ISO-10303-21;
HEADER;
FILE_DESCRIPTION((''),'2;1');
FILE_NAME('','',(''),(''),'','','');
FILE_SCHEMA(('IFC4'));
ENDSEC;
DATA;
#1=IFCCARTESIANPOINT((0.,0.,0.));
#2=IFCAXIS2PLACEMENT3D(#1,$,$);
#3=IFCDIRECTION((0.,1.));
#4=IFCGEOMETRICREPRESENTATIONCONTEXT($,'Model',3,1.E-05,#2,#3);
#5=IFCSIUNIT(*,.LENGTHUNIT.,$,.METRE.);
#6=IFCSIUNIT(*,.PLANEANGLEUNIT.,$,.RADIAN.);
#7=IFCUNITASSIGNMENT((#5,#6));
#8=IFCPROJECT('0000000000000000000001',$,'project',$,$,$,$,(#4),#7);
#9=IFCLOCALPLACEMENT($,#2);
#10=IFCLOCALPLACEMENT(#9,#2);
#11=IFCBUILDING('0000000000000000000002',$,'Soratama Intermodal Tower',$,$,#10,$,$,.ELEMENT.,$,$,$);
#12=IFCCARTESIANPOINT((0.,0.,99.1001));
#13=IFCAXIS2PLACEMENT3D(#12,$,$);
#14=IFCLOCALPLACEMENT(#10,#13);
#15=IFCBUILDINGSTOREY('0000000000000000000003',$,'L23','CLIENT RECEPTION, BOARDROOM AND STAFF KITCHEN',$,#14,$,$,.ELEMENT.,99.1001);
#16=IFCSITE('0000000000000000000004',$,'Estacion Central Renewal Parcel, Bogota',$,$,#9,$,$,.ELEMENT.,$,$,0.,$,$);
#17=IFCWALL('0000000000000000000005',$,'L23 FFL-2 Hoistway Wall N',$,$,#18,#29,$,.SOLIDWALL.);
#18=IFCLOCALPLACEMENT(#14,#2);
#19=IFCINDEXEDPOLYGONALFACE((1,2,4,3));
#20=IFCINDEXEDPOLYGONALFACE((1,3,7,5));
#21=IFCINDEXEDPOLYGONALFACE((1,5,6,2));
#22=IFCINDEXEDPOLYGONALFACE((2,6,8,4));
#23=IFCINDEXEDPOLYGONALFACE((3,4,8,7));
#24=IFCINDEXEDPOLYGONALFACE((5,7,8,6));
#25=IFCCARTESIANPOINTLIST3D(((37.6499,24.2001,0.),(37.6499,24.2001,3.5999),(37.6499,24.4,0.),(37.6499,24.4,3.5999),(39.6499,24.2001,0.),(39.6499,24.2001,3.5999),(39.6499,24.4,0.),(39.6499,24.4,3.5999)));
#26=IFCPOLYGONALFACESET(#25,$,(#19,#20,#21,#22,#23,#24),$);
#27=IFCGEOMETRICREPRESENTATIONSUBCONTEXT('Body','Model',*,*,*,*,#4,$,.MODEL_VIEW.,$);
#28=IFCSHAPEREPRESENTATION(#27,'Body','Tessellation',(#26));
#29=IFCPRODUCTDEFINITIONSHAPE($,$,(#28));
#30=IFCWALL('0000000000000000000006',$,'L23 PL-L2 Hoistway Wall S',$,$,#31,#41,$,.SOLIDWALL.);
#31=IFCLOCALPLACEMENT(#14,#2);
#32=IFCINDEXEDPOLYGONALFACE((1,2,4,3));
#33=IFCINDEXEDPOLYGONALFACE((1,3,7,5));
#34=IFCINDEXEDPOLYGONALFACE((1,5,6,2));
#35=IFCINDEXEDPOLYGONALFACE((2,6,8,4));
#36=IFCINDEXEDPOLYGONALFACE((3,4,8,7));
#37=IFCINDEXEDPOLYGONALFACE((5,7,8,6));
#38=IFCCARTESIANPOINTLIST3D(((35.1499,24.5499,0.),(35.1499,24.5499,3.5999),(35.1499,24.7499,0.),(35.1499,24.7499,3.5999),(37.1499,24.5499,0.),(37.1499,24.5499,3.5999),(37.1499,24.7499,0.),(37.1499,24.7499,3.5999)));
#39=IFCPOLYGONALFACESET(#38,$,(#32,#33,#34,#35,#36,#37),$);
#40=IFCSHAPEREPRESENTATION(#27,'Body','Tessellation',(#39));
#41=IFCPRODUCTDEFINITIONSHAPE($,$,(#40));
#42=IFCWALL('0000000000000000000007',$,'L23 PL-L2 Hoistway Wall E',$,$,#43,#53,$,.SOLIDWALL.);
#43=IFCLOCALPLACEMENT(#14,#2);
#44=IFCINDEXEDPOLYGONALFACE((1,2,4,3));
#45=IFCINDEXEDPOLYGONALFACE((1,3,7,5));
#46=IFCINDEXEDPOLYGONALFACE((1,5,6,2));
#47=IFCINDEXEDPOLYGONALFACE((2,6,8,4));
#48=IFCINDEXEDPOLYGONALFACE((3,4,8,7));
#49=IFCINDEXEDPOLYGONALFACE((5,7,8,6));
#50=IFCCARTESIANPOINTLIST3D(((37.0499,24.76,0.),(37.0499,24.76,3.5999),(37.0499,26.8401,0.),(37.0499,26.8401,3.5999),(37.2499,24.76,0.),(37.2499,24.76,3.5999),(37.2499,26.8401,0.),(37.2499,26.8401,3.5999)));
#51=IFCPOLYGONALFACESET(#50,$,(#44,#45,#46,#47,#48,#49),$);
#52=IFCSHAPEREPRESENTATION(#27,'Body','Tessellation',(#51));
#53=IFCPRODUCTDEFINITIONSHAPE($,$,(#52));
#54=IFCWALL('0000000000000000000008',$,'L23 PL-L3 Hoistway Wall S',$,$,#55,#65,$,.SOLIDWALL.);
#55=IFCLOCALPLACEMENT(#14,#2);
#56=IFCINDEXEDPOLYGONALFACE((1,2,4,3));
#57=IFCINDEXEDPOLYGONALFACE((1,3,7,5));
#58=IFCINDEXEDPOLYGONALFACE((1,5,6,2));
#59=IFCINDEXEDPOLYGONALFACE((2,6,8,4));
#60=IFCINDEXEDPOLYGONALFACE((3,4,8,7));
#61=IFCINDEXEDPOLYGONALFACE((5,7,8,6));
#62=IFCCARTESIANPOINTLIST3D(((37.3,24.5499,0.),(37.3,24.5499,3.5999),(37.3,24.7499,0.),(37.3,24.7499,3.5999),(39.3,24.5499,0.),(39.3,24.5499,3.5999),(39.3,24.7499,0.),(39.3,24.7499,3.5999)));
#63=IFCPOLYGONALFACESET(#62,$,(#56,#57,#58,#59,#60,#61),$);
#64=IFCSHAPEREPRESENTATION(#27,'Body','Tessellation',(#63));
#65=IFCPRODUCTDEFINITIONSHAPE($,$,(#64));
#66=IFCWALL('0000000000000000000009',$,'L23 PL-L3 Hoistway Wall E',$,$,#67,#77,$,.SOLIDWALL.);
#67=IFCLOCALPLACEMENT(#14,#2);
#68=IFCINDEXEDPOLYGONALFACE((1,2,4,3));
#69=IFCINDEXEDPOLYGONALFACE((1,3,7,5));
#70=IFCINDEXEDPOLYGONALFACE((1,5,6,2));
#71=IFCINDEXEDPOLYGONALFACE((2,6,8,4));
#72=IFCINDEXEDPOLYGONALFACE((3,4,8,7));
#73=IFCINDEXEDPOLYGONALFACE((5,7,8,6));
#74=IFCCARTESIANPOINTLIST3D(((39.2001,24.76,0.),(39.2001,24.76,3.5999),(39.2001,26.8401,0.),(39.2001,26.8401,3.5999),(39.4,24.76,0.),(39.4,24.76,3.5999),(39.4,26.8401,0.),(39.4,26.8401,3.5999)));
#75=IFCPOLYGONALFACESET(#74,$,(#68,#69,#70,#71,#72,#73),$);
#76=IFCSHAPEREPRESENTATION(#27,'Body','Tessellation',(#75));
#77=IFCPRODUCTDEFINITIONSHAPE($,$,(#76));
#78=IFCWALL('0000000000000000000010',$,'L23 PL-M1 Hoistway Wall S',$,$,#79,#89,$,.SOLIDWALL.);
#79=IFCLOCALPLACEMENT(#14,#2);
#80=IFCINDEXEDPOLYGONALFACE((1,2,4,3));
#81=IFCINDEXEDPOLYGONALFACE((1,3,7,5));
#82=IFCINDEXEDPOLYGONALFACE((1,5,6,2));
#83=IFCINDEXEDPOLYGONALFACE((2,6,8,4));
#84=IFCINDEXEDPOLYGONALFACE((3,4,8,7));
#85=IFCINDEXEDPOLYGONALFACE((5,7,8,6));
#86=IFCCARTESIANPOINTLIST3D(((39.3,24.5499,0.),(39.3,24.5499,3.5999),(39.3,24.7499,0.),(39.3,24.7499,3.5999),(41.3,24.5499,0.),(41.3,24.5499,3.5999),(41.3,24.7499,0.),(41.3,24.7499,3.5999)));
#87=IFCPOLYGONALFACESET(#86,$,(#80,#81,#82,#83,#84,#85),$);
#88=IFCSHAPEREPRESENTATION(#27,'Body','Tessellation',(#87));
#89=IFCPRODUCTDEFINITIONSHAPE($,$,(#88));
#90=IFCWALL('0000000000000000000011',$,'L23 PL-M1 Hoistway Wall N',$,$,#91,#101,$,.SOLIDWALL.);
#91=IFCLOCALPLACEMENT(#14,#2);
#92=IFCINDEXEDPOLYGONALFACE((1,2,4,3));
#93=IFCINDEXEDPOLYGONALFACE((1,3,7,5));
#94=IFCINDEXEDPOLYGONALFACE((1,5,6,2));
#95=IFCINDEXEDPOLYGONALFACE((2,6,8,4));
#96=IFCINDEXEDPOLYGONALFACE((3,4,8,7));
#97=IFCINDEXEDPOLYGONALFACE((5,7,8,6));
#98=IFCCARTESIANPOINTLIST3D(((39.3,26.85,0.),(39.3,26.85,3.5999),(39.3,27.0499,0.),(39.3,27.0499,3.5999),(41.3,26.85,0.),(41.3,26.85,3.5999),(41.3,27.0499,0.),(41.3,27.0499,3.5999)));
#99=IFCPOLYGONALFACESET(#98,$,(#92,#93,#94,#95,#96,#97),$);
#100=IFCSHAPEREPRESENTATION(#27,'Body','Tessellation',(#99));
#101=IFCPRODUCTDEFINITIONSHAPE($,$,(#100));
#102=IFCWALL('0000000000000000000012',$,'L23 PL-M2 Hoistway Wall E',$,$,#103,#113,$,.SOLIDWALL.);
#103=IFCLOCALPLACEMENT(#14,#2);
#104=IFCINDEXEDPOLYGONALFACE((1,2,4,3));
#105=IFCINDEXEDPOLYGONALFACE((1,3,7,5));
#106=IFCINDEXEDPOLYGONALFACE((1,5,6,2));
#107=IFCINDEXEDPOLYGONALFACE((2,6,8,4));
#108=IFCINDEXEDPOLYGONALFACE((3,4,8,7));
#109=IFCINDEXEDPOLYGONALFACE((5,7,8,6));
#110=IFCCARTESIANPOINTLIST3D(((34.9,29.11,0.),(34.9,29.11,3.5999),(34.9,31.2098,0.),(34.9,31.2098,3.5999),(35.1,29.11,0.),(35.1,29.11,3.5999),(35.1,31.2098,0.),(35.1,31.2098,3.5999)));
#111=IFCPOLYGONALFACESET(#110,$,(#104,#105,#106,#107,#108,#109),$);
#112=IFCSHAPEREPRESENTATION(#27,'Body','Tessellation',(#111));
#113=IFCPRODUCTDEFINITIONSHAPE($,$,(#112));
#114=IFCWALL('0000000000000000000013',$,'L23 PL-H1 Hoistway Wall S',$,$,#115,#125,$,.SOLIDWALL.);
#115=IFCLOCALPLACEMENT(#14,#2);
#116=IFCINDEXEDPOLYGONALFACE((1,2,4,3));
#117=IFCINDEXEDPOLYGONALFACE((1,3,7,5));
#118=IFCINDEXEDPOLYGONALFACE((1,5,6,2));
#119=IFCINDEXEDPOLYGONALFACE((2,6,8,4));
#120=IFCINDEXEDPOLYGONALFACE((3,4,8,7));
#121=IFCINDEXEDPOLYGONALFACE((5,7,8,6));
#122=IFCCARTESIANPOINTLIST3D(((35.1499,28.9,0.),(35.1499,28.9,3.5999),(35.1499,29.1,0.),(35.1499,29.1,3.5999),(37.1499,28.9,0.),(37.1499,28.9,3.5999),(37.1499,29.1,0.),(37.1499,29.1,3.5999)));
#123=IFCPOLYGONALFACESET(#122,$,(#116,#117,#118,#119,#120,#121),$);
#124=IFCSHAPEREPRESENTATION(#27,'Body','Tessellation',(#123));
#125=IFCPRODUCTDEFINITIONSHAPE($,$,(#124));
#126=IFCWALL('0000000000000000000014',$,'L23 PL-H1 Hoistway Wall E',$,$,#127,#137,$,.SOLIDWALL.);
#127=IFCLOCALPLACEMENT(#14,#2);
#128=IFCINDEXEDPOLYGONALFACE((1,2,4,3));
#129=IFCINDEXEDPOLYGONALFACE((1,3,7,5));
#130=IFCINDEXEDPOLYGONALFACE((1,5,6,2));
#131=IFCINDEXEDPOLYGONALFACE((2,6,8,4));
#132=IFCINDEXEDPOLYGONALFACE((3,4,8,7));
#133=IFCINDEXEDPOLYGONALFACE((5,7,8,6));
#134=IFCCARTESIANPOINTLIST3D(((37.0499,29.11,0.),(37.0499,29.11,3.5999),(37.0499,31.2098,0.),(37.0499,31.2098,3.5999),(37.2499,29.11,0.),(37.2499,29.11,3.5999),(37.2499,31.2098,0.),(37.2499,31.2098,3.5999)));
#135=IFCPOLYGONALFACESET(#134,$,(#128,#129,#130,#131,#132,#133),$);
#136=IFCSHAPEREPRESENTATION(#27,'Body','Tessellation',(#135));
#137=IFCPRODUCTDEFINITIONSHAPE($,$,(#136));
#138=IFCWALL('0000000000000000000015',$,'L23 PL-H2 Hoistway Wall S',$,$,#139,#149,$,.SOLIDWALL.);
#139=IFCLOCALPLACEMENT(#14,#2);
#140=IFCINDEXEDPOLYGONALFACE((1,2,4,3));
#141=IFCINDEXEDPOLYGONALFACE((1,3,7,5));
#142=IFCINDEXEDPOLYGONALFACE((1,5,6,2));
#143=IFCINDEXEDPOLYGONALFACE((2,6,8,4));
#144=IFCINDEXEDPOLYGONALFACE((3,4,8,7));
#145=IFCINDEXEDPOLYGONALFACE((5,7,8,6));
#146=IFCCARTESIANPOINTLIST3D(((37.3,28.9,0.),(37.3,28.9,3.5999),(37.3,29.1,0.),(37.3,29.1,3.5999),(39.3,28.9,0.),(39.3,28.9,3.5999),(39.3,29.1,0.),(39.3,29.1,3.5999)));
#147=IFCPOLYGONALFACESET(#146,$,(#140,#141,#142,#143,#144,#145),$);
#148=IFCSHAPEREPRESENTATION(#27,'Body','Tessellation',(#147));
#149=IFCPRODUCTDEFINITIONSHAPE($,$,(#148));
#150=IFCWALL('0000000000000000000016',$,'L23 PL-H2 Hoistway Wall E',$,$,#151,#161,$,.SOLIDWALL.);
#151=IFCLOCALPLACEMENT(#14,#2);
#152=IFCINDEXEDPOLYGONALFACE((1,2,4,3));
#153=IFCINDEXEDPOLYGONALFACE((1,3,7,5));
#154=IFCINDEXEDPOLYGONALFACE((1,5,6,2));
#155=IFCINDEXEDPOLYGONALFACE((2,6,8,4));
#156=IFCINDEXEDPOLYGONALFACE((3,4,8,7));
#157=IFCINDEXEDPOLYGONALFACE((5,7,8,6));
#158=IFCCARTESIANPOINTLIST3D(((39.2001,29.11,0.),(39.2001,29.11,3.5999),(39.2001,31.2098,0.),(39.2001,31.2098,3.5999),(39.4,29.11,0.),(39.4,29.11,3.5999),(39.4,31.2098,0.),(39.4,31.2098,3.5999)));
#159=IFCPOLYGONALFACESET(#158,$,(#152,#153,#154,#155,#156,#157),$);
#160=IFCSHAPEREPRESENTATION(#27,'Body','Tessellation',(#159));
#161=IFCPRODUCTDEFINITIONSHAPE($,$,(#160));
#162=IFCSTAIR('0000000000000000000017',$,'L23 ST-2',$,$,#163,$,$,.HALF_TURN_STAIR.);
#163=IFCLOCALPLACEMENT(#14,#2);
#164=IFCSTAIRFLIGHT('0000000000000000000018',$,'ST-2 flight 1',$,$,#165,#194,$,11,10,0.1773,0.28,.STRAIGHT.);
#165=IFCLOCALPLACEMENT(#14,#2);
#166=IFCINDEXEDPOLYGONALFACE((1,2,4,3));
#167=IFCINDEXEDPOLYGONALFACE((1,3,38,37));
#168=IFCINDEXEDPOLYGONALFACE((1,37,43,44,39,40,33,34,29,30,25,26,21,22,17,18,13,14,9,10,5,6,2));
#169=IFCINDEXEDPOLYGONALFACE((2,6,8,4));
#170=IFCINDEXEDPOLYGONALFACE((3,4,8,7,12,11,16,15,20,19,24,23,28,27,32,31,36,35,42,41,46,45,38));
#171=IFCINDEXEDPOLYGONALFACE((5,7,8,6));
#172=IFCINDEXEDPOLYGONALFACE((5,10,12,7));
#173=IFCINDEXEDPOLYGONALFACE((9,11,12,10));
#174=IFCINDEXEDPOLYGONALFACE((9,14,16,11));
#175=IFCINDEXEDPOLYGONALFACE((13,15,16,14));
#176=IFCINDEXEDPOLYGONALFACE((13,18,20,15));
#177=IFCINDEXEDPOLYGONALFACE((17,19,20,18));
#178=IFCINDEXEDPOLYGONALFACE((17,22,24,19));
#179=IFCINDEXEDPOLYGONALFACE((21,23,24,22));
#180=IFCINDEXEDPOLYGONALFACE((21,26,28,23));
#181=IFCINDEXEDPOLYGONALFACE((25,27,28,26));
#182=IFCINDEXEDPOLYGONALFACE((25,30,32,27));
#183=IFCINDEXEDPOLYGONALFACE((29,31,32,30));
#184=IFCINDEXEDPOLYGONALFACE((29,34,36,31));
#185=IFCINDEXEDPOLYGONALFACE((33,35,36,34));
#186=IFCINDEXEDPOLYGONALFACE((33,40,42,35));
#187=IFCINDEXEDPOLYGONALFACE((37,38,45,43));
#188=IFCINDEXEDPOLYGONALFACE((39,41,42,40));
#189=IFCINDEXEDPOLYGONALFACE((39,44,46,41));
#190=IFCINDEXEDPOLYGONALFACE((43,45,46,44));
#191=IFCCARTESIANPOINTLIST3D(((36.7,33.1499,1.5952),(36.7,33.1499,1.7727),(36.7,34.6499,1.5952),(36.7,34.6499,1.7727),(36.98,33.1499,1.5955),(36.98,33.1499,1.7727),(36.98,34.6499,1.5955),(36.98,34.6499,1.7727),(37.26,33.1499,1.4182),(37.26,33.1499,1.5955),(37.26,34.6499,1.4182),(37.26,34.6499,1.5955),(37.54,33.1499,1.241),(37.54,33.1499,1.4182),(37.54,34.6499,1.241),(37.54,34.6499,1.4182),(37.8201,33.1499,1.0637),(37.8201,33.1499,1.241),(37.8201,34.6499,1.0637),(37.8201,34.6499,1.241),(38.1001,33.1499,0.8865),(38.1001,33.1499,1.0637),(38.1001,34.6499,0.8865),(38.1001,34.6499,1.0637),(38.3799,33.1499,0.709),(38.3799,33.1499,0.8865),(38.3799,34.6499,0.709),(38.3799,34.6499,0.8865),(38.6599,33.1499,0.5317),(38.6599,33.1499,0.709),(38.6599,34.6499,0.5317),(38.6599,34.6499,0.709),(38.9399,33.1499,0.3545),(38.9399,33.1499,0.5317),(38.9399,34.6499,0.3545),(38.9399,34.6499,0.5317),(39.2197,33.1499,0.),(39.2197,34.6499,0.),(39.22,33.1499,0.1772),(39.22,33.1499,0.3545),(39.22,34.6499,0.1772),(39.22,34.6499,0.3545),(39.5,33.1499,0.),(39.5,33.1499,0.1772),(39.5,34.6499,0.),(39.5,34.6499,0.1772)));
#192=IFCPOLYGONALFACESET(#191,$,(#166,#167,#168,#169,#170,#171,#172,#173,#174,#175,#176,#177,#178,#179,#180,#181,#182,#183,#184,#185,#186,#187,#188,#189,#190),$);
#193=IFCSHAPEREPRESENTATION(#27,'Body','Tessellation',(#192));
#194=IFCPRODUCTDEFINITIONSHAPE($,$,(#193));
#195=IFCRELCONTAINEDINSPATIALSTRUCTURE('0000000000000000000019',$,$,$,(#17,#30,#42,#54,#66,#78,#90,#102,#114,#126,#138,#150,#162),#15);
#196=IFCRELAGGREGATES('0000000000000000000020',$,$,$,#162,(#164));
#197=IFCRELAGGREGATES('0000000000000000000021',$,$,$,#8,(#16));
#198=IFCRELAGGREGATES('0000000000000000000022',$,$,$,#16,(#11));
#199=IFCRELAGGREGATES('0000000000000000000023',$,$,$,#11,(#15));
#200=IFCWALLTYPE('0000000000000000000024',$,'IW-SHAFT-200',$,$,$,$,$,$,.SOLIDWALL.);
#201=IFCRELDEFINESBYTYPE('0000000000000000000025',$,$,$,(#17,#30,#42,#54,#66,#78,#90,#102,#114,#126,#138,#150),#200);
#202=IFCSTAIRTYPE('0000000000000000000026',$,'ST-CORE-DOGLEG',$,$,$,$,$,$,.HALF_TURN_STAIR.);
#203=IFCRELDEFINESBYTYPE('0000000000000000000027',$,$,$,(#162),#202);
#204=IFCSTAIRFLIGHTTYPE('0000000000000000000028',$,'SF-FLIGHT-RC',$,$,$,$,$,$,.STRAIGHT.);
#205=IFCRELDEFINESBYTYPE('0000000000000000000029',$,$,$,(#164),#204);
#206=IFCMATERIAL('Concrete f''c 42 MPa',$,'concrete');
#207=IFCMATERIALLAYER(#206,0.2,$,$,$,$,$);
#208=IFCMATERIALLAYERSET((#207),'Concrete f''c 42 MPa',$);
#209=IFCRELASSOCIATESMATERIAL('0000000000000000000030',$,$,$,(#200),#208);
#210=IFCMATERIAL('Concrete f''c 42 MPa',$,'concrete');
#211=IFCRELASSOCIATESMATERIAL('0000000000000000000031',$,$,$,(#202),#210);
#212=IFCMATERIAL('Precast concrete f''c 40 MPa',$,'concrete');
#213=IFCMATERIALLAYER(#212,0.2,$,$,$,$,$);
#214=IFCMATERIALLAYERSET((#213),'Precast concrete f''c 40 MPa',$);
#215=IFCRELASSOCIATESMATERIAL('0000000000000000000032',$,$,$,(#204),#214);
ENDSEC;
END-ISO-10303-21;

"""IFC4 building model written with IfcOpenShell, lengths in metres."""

from ifc_helpers import new_model, si_unit, direction, frame, frame_2d, origin, place, context, subcontext, project, spatial, polyline, rectangle, outline, extrude, material, layer, layer_set, type_object, element, aggregate, save


model = new_model("IFC4")

# Units and contexts
model_context = context("Model", 3, precision=1e-05, world=origin(), true_north=direction((0.0, 1.0)))
body_context = subcontext(model_context, "Body", "Model", "MODEL_VIEW")
ifc_project = project(units=[si_unit("LENGTHUNIT", "METRE"), si_unit("PLANEANGLEUNIT", "RADIAN")], contexts=[model_context])

# Site, building, storey
site_placement = place(None, origin())
site = spatial("IfcSite", under=ifc_project, at=site_placement, Name="Estacion Central Renewal Parcel, Bogota", CompositionType="ELEMENT", RefElevation=0.0)
building_placement = place(site_placement, origin())
building = spatial("IfcBuilding", under=site, at=building_placement, Name="Soratama Intermodal Tower", CompositionType="ELEMENT")
storey_placement = place(building_placement, frame((0.0, 0.0, 99.1001)))
storey = spatial("IfcBuildingStorey", under=building, at=storey_placement, Name="L23", Description="CLIENT RECEPTION, BOARDROOM AND STAFF KITCHEN", CompositionType="ELEMENT", Elevation=99.1001)

# Walls
ifc_material_1 = material(Name="Concrete f'c 42 MPa", Category="concrete")
ifc_layer_1 = layer(ifc_material_1, 0.2)
ifc_layer_set_1 = layer_set([ifc_layer_1], Name="Concrete f'c 42 MPa")
wall_type = type_object("IfcWallType", Name="IW-SHAFT-200", PredefinedType="SOLIDWALL", material=ifc_layer_set_1)
for number, where, z_axis, x_axis, name in (
    (1, (37.6499, 24.3, 0.0), (0.0, 0.0, 1.0), (1.0, 0.0, 0.0), "L23 FFL-2 Hoistway Wall N"),
    (2, (35.1499, 24.6499, 0.0), (0.0, 0.0, 1.0), (1.0, 0.0, 0.0), "L23 PL-L2 Hoistway Wall S"),
):
    element("IfcWall", number, at=place(storey_placement, frame(where, z_axis=z_axis, x_axis=x_axis)), inside=storey, type_object=wall_type, Name=name, PredefinedType="SOLIDWALL", context=body_context, shape_type="SweptSolid", body=[
        extrude(rectangle(XDim=2.0, YDim=0.2, at=frame_2d((1.0, 0.0))), origin(), (0.0, 0.0, 1.0), 3.5999),
    ])

# Walls
wall_1_placement = place(storey_placement, frame((37.1499, 24.76, 0.0), z_axis=(0.0, 0.0, 1.0), x_axis=(0.0, 1.0, 0.0)))
element("IfcWall", 3, at=wall_1_placement, inside=storey, type_object=wall_type, Name="L23 PL-L2 Hoistway Wall E", PredefinedType="SOLIDWALL", context=body_context, shape_type="SweptSolid", body=[
    extrude(rectangle(XDim=2.0801, YDim=0.2, at=frame_2d((1.04, 0.0))), origin(), (0.0, 0.0, 1.0), 3.5999),
])
wall_2_placement = place(storey_placement, frame((37.3, 24.6499, 0.0), z_axis=(0.0, 0.0, 1.0), x_axis=(1.0, 0.0, 0.0)))
element("IfcWall", 4, at=wall_2_placement, inside=storey, type_object=wall_type, Name="L23 PL-L3 Hoistway Wall S", PredefinedType="SOLIDWALL", context=body_context, shape_type="SweptSolid", body=[
    extrude(rectangle(XDim=2.0, YDim=0.2, at=frame_2d((1.0, 0.0))), origin(), (0.0, 0.0, 1.0), 3.5999),
])

# Walls
wall_3_placement = place(storey_placement, frame((39.3, 24.76, 0.0), z_axis=(0.0, 0.0, 1.0), x_axis=(0.0, 1.0, 0.0)))
element("IfcWall", 5, at=wall_3_placement, inside=storey, type_object=wall_type, Name="L23 PL-L3 Hoistway Wall E", PredefinedType="SOLIDWALL", context=body_context, shape_type="SweptSolid", body=[
    extrude(rectangle(XDim=2.0801, YDim=0.2, at=frame_2d((1.04, 0.0))), origin(), (0.0, 0.0, 1.0), 3.5999),
])
for number, where, z_axis, x_axis, name in (
    (6, (39.3, 24.6499, 0.0), (0.0, 0.0, 1.0), (1.0, 0.0, 0.0), "L23 PL-M1 Hoistway Wall S"),
    (7, (39.3, 26.95, 0.0), (0.0, 0.0, 1.0), (1.0, 0.0, 0.0), "L23 PL-M1 Hoistway Wall N"),
):
    element("IfcWall", number, at=place(storey_placement, frame(where, z_axis=z_axis, x_axis=x_axis)), inside=storey, type_object=wall_type, Name=name, PredefinedType="SOLIDWALL", context=body_context, shape_type="SweptSolid", body=[
        extrude(rectangle(XDim=2.0, YDim=0.2, at=frame_2d((1.0, 0.0))), origin(), (0.0, 0.0, 1.0), 3.5999),
    ])
wall_4_placement = place(storey_placement, frame((35.0, 29.1101, 0.0), z_axis=(0.0, 0.0, 1.0), x_axis=(0.0, 1.0, 0.0)))
element("IfcWall", 8, at=wall_4_placement, inside=storey, type_object=wall_type, Name="L23 PL-M2 Hoistway Wall E", PredefinedType="SOLIDWALL", context=body_context, shape_type="SweptSolid", body=[
    extrude(rectangle(XDim=2.0999, YDim=0.2, at=frame_2d((1.0498, 0.0))), origin(), (0.0, 0.0, 1.0), 3.5999),
])
wall_5_placement = place(storey_placement, frame((35.1499, 29.0, 0.0), z_axis=(0.0, 0.0, 1.0), x_axis=(1.0, 0.0, 0.0)))
element("IfcWall", 9, at=wall_5_placement, inside=storey, type_object=wall_type, Name="L23 PL-H1 Hoistway Wall S", PredefinedType="SOLIDWALL", context=body_context, shape_type="SweptSolid", body=[
    extrude(rectangle(XDim=2.0, YDim=0.2, at=frame_2d((1.0, 0.0))), origin(), (0.0, 0.0, 1.0), 3.5999),
])
wall_6_placement = place(storey_placement, frame((37.1499, 29.1101, 0.0), z_axis=(0.0, 0.0, 1.0), x_axis=(0.0, 1.0, 0.0)))
element("IfcWall", 10, at=wall_6_placement, inside=storey, type_object=wall_type, Name="L23 PL-H1 Hoistway Wall E", PredefinedType="SOLIDWALL", context=body_context, shape_type="SweptSolid", body=[
    extrude(rectangle(XDim=2.0999, YDim=0.2, at=frame_2d((1.0498, 0.0))), origin(), (0.0, 0.0, 1.0), 3.5999),
])
wall_7_placement = place(storey_placement, frame((37.3, 29.0, 0.0), z_axis=(0.0, 0.0, 1.0), x_axis=(1.0, 0.0, 0.0)))
element("IfcWall", 11, at=wall_7_placement, inside=storey, type_object=wall_type, Name="L23 PL-H2 Hoistway Wall S", PredefinedType="SOLIDWALL", context=body_context, shape_type="SweptSolid", body=[
    extrude(rectangle(XDim=2.0, YDim=0.2, at=frame_2d((1.0, 0.0))), origin(), (0.0, 0.0, 1.0), 3.5999),
])
wall_8_placement = place(storey_placement, frame((39.3, 29.1101, 0.0), z_axis=(0.0, 0.0, 1.0), x_axis=(0.0, 1.0, 0.0)))
element("IfcWall", 12, at=wall_8_placement, inside=storey, type_object=wall_type, Name="L23 PL-H2 Hoistway Wall E", PredefinedType="SOLIDWALL", context=body_context, shape_type="SweptSolid", body=[
    extrude(rectangle(XDim=2.0999, YDim=0.2, at=frame_2d((1.0498, 0.0))), origin(), (0.0, 0.0, 1.0), 3.5999),
])

# Stair, stair flight
ifc_material_2 = material(Name="Concrete f'c 42 MPa", Category="concrete")
stair_type = type_object("IfcStairType", Name="ST-CORE-DOGLEG", PredefinedType="HALF_TURN_STAIR", material=ifc_material_2)
stair_placement = place(storey_placement, origin())
stair = element("IfcStair", 13, at=stair_placement, inside=storey, type_object=stair_type, Name="L23 ST-2", PredefinedType="HALF_TURN_STAIR")
ifc_material_3 = material(Name="Precast concrete f'c 40 MPa", Category="concrete")
ifc_layer_2 = layer(ifc_material_3, 0.2)
ifc_layer_set_2 = layer_set([ifc_layer_2], Name="Precast concrete f'c 40 MPa")
stair_flight_type = type_object("IfcStairFlightType", Name="SF-FLIGHT-RC", PredefinedType="STRAIGHT", material=ifc_layer_set_2)
stair_flight_1_placement = place(storey_placement, frame((39.5, 33.8999, 0.0), z_axis=(0.0, 0.0, 1.0), x_axis=(-1.0, 0.0, 0.0)))
stair_flight_1 = element("IfcStairFlight", 14, at=stair_flight_1_placement, type_object=stair_flight_type, Name="ST-2 flight 1", NumberOfRisers=11, NumberOfTreads=10, PredefinedType="STRAIGHT", RiserHeight=0.1773, TreadLength=0.28, context=body_context, shape_type="SweptSolid", body=[
    extrude(outline(polyline([(0.0, 0.0), (0.0, 0.1772), (0.28, 0.1772), (0.28, 0.3545), (0.5601, 0.3545), (0.5601, 0.5317), (0.8401, 0.5317), (0.8401, 0.709), (1.1201, 0.709), (1.1201, 0.8865), (1.3999, 0.8865), (1.3999, 1.0637), (1.6799, 1.0637), (1.6799, 1.241), (1.96, 1.241), (1.96, 1.4182), (2.24, 1.4182), (2.24, 1.5955), (2.52, 1.5955), (2.52, 1.7727), (2.8, 1.7727), (2.8, 1.95), (2.8, 1.5952), (0.2803, 0.0), (0.0, 0.0)])), frame((0.0, 0.75, 0.0), z_axis=(0.0, -1.0, 0.0), x_axis=(1.0, 0.0, 0.0)), (0.0, 0.0, 1.0), 1.5),
])
aggregate(stair, [stair_flight_1])

save(model, "model.ifc")
